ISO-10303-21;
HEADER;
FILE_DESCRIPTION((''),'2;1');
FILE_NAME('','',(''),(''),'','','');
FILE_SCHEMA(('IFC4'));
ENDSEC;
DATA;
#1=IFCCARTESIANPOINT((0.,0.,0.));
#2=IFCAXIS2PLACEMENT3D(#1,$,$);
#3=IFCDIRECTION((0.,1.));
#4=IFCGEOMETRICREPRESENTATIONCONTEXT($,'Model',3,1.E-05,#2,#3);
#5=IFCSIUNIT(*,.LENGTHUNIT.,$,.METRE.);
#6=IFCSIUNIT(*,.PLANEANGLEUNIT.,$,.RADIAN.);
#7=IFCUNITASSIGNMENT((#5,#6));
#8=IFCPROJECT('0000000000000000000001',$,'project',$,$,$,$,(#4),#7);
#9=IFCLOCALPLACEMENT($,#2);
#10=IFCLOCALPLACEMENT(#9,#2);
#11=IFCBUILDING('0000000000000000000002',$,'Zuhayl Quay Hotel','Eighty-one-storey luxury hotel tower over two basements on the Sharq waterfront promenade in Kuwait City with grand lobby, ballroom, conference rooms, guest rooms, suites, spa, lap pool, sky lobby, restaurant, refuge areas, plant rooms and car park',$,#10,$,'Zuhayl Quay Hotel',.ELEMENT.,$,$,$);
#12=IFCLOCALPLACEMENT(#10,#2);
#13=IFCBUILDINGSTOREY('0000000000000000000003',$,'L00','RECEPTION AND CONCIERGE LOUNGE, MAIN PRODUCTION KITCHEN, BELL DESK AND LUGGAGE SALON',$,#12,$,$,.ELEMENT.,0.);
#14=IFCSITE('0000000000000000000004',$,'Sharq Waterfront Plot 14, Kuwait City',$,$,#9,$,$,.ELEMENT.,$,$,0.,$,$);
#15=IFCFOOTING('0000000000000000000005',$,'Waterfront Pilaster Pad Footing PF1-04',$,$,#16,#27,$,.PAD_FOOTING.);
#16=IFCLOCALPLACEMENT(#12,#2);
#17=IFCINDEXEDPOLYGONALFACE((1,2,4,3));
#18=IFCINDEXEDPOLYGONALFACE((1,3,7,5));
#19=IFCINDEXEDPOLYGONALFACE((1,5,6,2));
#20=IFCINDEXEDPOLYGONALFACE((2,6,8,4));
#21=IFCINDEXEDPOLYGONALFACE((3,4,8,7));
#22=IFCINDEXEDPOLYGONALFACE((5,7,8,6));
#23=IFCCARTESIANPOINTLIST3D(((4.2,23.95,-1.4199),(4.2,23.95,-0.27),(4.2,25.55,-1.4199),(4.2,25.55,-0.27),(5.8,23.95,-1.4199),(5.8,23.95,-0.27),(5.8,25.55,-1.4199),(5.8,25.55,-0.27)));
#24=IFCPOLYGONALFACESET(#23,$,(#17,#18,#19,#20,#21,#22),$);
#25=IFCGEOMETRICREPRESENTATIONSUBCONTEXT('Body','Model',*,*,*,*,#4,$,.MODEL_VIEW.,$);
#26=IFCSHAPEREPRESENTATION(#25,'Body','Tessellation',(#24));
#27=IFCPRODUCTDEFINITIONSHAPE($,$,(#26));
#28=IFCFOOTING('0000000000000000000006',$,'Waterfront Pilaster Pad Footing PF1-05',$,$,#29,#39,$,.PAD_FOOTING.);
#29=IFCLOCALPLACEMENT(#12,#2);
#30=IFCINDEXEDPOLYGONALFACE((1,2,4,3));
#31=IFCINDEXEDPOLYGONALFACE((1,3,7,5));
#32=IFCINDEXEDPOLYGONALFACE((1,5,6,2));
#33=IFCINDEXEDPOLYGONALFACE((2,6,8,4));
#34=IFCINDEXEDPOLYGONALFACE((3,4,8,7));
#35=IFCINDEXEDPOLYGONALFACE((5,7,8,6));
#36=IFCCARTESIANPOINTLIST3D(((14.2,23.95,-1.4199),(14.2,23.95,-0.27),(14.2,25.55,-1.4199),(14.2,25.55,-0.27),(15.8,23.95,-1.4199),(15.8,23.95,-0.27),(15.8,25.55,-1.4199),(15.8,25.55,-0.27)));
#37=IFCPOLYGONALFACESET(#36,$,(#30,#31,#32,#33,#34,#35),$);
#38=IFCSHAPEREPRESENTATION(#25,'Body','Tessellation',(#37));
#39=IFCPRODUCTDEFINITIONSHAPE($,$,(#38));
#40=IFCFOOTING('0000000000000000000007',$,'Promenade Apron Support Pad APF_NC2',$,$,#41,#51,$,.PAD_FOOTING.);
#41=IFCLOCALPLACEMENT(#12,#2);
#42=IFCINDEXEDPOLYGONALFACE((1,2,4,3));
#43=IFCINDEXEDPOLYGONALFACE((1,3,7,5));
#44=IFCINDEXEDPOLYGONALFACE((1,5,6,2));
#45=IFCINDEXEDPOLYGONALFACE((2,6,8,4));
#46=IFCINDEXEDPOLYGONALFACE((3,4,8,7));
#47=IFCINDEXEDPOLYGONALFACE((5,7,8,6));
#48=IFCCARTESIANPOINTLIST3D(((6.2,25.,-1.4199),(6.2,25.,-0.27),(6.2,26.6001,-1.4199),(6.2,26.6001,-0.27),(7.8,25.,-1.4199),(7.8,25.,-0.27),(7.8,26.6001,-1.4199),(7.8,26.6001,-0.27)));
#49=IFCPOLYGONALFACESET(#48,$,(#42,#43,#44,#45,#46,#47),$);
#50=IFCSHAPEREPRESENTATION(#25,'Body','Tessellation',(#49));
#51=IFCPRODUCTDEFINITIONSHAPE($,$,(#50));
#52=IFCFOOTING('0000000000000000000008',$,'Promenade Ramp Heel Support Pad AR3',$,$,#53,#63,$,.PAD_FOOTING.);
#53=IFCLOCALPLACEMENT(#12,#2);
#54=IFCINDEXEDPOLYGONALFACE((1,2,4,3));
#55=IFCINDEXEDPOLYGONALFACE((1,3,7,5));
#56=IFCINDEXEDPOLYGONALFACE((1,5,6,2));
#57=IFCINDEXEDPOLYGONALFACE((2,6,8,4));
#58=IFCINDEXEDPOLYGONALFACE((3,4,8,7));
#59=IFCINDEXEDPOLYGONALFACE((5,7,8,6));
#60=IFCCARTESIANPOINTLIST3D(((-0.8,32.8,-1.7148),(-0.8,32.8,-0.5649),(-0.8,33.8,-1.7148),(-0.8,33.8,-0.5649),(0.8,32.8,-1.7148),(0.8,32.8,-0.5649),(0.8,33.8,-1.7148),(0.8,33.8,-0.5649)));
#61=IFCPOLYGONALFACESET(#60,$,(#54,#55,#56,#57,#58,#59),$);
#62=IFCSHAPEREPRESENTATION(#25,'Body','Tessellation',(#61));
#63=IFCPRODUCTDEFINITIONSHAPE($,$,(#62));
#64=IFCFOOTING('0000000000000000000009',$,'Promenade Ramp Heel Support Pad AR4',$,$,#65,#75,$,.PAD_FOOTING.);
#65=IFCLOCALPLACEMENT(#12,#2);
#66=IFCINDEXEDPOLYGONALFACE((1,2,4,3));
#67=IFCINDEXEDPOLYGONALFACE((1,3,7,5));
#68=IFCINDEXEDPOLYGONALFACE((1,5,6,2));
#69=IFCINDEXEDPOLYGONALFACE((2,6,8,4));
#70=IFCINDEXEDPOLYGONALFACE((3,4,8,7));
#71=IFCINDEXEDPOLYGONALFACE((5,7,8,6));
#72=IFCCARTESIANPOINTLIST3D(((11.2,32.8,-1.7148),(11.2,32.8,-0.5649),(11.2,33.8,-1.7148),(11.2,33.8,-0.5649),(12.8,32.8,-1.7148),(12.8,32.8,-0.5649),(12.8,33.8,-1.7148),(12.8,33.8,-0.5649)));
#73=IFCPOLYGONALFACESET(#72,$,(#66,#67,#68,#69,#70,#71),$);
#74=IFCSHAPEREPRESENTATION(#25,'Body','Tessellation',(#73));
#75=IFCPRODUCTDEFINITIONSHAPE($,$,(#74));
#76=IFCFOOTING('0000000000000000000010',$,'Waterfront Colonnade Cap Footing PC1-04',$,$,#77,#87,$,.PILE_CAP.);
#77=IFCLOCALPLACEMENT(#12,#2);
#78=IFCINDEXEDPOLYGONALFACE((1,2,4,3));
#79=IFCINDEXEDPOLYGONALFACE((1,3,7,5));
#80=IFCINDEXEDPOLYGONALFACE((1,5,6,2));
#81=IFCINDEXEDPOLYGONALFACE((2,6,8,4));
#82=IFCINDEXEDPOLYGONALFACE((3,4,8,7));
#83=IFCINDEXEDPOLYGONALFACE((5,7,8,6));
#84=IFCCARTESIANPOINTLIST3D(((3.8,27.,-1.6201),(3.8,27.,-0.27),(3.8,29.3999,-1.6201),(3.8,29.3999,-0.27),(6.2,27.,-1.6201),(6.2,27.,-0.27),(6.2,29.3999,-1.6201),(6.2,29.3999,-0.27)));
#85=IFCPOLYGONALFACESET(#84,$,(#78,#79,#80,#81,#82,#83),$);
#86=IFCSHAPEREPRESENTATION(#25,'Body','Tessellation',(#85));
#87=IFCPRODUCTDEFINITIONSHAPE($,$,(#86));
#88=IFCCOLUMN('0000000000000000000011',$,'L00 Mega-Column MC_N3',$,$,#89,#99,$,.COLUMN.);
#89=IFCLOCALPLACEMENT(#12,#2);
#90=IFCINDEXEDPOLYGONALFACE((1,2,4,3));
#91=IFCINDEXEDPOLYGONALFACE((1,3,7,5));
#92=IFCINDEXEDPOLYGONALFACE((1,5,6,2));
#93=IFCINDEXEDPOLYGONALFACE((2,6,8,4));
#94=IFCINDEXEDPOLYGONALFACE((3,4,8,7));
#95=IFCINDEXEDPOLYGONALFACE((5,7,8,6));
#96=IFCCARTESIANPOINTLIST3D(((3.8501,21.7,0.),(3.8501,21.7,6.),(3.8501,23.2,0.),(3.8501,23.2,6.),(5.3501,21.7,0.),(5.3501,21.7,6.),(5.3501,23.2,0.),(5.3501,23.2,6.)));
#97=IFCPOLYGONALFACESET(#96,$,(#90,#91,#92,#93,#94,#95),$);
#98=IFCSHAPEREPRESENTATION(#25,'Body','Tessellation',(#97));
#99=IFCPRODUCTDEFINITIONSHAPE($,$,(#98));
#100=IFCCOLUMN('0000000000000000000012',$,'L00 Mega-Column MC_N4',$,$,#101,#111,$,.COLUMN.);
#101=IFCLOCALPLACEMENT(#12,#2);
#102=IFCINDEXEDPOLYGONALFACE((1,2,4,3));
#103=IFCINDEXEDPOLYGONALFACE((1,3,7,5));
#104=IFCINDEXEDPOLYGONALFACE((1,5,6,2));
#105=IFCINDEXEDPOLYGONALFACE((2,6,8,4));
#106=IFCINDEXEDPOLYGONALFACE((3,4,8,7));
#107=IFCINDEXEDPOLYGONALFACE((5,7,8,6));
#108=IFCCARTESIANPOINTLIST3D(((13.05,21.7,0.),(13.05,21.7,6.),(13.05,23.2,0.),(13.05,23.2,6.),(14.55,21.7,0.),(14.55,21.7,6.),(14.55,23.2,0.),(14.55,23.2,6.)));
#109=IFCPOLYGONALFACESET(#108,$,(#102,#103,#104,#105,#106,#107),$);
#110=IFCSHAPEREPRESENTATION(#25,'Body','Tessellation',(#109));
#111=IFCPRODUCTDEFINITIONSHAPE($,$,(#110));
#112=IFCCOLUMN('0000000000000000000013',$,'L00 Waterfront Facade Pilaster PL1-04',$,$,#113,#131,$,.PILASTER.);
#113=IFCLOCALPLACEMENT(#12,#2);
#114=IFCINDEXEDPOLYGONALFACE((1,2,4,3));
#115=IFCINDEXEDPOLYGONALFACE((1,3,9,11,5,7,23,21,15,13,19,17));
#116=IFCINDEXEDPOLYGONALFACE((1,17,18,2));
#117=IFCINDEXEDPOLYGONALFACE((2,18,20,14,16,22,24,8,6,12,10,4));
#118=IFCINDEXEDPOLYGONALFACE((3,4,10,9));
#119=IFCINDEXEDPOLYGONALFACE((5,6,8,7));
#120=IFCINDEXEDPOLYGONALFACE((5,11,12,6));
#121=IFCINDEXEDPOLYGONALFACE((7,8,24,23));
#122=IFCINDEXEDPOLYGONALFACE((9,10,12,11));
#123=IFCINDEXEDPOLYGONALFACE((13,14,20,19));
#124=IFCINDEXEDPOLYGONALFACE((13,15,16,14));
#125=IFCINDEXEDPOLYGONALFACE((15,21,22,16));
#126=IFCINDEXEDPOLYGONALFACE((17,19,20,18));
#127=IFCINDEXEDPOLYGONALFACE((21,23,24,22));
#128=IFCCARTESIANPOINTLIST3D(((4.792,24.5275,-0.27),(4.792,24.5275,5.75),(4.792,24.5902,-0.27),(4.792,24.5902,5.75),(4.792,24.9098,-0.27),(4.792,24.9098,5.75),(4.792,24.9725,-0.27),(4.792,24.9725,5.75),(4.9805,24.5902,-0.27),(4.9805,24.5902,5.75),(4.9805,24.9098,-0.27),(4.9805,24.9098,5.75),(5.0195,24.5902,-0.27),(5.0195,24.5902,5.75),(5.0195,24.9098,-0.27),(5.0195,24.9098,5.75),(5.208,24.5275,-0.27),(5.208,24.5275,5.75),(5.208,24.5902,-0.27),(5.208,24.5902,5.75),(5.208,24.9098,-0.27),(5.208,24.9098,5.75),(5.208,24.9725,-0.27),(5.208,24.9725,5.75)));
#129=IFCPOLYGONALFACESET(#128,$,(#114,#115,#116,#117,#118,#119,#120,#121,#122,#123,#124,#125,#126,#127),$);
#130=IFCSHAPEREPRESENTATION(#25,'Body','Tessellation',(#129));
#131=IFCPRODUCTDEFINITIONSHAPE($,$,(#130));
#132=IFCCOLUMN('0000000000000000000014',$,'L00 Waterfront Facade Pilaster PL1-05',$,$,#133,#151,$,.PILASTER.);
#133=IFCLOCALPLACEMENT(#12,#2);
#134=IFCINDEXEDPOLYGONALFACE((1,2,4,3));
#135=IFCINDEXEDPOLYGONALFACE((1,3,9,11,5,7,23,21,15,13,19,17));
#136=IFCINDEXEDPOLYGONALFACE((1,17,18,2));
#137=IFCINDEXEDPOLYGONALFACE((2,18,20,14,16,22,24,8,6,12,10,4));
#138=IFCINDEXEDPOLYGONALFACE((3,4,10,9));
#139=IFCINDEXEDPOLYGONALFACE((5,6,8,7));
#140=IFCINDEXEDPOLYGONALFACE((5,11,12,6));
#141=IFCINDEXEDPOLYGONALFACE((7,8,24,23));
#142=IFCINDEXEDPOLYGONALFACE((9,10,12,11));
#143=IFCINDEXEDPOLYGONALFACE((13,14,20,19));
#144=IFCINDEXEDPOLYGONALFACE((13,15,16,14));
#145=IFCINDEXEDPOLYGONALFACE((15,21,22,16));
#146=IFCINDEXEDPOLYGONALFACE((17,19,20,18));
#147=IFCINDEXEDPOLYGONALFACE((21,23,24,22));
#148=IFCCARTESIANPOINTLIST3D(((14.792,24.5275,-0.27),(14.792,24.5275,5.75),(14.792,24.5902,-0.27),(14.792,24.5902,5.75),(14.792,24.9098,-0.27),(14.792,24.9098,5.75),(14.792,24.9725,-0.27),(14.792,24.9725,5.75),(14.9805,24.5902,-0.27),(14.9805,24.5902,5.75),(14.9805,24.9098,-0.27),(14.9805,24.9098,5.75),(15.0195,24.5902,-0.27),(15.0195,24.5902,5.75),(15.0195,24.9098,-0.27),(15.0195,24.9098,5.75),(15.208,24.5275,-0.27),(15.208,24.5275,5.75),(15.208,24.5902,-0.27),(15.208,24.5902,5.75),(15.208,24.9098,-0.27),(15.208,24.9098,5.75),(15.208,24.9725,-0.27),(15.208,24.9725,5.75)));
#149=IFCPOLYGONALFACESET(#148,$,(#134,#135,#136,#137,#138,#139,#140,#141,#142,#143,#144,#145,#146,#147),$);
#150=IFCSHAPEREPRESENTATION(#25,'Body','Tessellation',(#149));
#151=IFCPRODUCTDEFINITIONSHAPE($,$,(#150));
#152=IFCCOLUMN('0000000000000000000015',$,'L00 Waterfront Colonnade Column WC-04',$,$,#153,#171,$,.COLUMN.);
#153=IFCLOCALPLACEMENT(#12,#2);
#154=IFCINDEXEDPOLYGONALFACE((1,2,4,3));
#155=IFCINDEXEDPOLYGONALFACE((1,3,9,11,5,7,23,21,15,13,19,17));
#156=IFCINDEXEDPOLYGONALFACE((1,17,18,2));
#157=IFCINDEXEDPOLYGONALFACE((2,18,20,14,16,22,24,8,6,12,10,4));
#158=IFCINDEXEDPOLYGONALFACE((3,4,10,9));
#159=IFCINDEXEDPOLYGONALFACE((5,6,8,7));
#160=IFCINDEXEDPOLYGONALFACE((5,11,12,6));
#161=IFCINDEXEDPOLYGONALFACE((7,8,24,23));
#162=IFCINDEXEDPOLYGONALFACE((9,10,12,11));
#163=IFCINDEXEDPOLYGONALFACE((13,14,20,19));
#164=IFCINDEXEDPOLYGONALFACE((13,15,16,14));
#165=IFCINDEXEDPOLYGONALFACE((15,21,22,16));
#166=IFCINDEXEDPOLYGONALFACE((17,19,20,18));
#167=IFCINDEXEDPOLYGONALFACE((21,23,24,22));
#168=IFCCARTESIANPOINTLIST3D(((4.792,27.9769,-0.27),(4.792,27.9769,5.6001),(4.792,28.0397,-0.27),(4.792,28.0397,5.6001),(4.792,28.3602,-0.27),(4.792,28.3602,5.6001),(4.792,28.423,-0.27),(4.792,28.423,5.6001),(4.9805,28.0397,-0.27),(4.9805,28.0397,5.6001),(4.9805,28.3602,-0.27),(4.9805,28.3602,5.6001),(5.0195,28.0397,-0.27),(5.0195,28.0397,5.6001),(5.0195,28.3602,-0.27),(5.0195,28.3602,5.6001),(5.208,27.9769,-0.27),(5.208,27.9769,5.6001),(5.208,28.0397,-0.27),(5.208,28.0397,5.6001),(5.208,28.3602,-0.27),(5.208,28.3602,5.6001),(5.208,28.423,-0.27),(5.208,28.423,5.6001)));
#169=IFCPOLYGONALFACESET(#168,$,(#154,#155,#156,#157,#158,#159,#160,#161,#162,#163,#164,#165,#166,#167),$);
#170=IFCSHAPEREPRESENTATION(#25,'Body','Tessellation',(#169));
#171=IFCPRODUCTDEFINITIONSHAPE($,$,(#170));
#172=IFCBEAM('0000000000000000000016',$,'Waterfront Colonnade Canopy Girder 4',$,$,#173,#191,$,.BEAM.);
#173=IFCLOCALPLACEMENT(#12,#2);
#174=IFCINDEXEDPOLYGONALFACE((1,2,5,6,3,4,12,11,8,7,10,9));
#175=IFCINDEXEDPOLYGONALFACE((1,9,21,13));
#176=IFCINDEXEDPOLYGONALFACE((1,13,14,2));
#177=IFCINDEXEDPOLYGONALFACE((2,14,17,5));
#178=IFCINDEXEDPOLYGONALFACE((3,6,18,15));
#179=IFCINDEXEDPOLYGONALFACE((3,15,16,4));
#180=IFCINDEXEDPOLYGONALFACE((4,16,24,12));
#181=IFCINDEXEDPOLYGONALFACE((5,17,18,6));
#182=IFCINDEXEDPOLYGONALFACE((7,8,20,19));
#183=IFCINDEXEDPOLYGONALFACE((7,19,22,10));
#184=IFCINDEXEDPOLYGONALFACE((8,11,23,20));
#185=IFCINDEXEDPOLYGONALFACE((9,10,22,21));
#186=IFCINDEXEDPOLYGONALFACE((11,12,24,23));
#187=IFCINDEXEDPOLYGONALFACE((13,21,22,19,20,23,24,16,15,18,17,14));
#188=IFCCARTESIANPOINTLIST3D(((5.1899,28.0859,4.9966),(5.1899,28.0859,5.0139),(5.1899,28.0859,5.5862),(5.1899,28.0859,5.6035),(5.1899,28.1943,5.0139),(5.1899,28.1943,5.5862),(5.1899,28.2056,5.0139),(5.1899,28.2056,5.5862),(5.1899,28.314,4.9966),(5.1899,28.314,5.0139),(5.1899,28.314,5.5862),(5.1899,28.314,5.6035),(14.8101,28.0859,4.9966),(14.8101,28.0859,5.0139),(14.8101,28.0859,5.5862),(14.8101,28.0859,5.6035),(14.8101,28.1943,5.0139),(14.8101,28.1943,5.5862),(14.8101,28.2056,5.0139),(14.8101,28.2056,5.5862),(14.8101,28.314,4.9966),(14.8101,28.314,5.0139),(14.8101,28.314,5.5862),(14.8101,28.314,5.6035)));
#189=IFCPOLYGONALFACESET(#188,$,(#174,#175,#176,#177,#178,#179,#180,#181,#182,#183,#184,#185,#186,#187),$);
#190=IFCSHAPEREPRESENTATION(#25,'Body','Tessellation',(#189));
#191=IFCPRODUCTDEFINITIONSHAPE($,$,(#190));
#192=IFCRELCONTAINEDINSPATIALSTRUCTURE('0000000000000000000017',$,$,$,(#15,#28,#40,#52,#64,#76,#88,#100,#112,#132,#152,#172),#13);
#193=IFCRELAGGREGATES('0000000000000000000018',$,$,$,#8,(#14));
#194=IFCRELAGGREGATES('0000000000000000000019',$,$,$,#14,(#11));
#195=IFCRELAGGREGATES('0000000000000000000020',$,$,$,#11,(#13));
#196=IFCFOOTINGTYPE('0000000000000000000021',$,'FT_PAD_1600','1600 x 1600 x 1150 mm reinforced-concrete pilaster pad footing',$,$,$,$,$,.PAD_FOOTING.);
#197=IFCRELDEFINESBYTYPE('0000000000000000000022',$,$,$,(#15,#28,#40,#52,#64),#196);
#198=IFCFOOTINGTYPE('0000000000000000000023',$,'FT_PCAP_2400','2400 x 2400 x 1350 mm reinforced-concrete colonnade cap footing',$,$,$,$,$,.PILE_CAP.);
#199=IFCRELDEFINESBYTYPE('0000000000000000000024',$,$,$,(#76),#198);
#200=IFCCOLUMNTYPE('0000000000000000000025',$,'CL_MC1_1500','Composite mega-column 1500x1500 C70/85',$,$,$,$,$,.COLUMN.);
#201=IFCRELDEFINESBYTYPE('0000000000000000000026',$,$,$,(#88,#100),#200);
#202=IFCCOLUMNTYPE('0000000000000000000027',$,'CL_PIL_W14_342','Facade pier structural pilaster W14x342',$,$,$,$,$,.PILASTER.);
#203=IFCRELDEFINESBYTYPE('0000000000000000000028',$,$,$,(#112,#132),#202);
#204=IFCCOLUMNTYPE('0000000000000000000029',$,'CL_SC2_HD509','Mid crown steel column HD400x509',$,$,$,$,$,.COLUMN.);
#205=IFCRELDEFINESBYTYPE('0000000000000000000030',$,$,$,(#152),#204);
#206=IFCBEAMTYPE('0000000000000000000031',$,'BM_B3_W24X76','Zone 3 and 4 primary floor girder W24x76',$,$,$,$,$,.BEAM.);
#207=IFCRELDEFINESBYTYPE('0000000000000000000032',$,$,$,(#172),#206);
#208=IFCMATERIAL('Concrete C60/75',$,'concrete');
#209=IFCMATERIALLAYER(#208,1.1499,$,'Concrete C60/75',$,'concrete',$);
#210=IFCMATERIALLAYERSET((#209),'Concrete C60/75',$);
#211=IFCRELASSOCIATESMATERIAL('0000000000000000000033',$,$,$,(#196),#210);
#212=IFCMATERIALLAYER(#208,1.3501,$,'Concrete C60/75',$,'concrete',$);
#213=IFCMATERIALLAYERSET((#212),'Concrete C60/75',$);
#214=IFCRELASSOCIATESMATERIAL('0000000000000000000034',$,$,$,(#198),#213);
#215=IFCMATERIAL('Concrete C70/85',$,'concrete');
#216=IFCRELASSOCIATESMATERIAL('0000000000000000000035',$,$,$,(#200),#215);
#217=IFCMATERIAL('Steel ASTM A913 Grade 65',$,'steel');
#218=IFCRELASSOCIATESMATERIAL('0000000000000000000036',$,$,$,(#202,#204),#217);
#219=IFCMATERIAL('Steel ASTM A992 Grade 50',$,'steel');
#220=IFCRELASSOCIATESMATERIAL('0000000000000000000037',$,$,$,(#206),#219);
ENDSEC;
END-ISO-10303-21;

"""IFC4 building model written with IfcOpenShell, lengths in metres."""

from ifc_helpers import new_model, si_unit, direction, frame, origin, origin_2d, place, context, subcontext, project, spatial, rectangle, i_section, extrude, material, layer, layer_set, material_profile, profile_set, type_object, element, save


model = new_model("IFC4")

# Units and contexts
model_context = context("Model", 3, precision=1e-05, world=origin(), true_north=direction((0.0, 1.0)))
body_context = subcontext(model_context, "Body", "Model", "MODEL_VIEW")
ifc_project = project(units=[si_unit("LENGTHUNIT", "METRE"), si_unit("PLANEANGLEUNIT", "RADIAN")], contexts=[model_context])

# Site, building, storey
site_placement = place(None, origin())
site = spatial("IfcSite", under=ifc_project, at=site_placement, Name="Sharq Waterfront Plot 14, Kuwait City", CompositionType="ELEMENT", RefElevation=0.0)
building_placement = place(site_placement, origin())
building = spatial("IfcBuilding", under=site, at=building_placement, Name="Zuhayl Quay Hotel", Description="Eighty-one-storey luxury hotel tower over two basements on the Sharq waterfront promenade in Kuwait City with grand lobby, ballroom, conference rooms, guest rooms, suites, spa, lap pool, sky lobby, restaurant, refuge areas, plant rooms and car park", LongName="Zuhayl Quay Hotel", CompositionType="ELEMENT")
storey_placement = place(building_placement, origin())
storey = spatial("IfcBuildingStorey", under=building, at=storey_placement, Name="L00", Description="RECEPTION AND CONCIERGE LOUNGE, MAIN PRODUCTION KITCHEN, BELL DESK AND LUGGAGE SALON", CompositionType="ELEMENT", Elevation=0.0)

# Footings
ifc_material_1 = material(Name="Concrete C60/75", Category="concrete")
ifc_layer_1 = layer(ifc_material_1, 1.1499, Name="Concrete C60/75", Category="concrete")
ifc_layer_set_1 = layer_set([ifc_layer_1], Name="Concrete C60/75")
footing_type_1 = type_object("IfcFootingType", Name="FT_PAD_1600", Description="1600 x 1600 x 1150 mm reinforced-concrete pilaster pad footing", PredefinedType="PAD_FOOTING", material=ifc_layer_set_1)
for number, where, z_axis, x_axis, name in (
    (1, (5.0, 24.75, -1.4199), (0.0, 0.0, 1.0), (1.0, 0.0, 0.0), "Waterfront Pilaster Pad Footing PF1-04"),
    (2, (15.0, 24.75, -1.4199), (0.0, 0.0, 1.0), (1.0, 0.0, 0.0), "Waterfront Pilaster Pad Footing PF1-05"),
    (3, (7.0, 25.8, -1.4199), (0.0, 0.0, 1.0), (1.0, 0.0, 0.0), "Promenade Apron Support Pad APF_NC2"),
):
    element("IfcFooting", number, at=place(storey_placement, frame(where, z_axis=z_axis, x_axis=x_axis)), inside=storey, type_object=footing_type_1, Name=name, PredefinedType="PAD_FOOTING", context=body_context, shape_type="SweptSolid", body=[
        extrude(rectangle(XDim=1.6001, YDim=1.6001, at=origin_2d()), origin(), (0.0, 0.0, 1.0), 1.1499),
    ])
for number, where, z_axis, x_axis, name in (
    (4, (0.0, 33.3, -1.7148), (0.0, 0.0, 1.0), (1.0, 0.0, 0.0), "Promenade Ramp Heel Support Pad AR3"),
    (5, (12.0, 33.3, -1.7148), (0.0, 0.0, 1.0), (1.0, 0.0, 0.0), "Promenade Ramp Heel Support Pad AR4"),
):
    element("IfcFooting", number, at=place(storey_placement, frame(where, z_axis=z_axis, x_axis=x_axis)), inside=storey, type_object=footing_type_1, Name=name, PredefinedType="PAD_FOOTING", context=body_context, shape_type="SweptSolid", body=[
        extrude(rectangle(XDim=1.6001, YDim=1.0, at=origin_2d()), origin(), (0.0, 0.0, 1.0), 1.1499),
    ])
ifc_layer_2 = layer(ifc_material_1, 1.3501, Name="Concrete C60/75", Category="concrete")
ifc_layer_set_2 = layer_set([ifc_layer_2], Name="Concrete C60/75")
footing_type_2 = type_object("IfcFootingType", Name="FT_PCAP_2400", Description="2400 x 2400 x 1350 mm reinforced-concrete colonnade cap footing", PredefinedType="PILE_CAP", material=ifc_layer_set_2)
footing_placement = place(storey_placement, frame((5.0, 28.2, -1.6201), z_axis=(0.0, 0.0, 1.0), x_axis=(1.0, 0.0, 0.0)))
element("IfcFooting", 6, at=footing_placement, inside=storey, type_object=footing_type_2, Name="Waterfront Colonnade Cap Footing PC1-04", PredefinedType="PILE_CAP", context=body_context, shape_type="SweptSolid", body=[
    extrude(rectangle(XDim=2.3999, YDim=2.3999, at=origin_2d()), origin(), (0.0, 0.0, 1.0), 1.3501),
])

# Columns
ifc_material_2 = material(Name="Concrete C70/85", Category="concrete")
ifc_material_profile_1 = material_profile(ifc_material_2, rectangle(XDim=1.5, YDim=1.5, at=origin_2d()), Name="RC1500X1500")
ifc_profile_set_1 = profile_set([ifc_material_profile_1], Name="Concrete C70/85")
column_type_1 = type_object("IfcColumnType", Name="CL_MC1_1500", Description="Composite mega-column 1500x1500 C70/85", PredefinedType="COLUMN", material=ifc_profile_set_1)
for number, where, z_axis, x_axis, name in (
    (7, (4.6001, 22.45, 0.0), (0.0, 0.0, 1.0), (1.0, 0.0, 0.0), "L00 Mega-Column MC_N3"),
    (8, (13.8, 22.45, 0.0), (0.0, 0.0, 1.0), (1.0, 0.0, 0.0), "L00 Mega-Column MC_N4"),
):
    element("IfcColumn", number, at=place(storey_placement, frame(where, z_axis=z_axis, x_axis=x_axis)), inside=storey, type_object=column_type_1, Name=name, PredefinedType="COLUMN", context=body_context, shape_type="SweptSolid", body=[
        extrude(rectangle(XDim=1.5, YDim=1.5, at=origin_2d()), origin(), (0.0, 0.0, 1.0), 6.0),
    ])
ifc_material_3 = material(Name="Steel ASTM A913 Grade 65", Category="steel")
ifc_material_profile_2 = material_profile(ifc_material_3, i_section(OverallWidth=0.416, OverallDepth=0.4451, WebThickness=0.0391, FlangeThickness=0.0627, at=origin_2d()), Name="W14X342")
ifc_profile_set_2 = profile_set([ifc_material_profile_2], Name="Steel ASTM A913 Grade 65")
column_type_2 = type_object("IfcColumnType", Name="CL_PIL_W14_342", Description="Facade pier structural pilaster W14x342", PredefinedType="PILASTER", material=ifc_profile_set_2)
for number, where, z_axis, x_axis, name in (
    (9, (5.0, 24.75, -0.27), (0.0, 0.0, 1.0), (1.0, 0.0, 0.0), "L00 Waterfront Facade Pilaster PL1-04"),
    (10, (15.0, 24.75, -0.27), (0.0, 0.0, 1.0), (1.0, 0.0, 0.0), "L00 Waterfront Facade Pilaster PL1-05"),
):
    element("IfcColumn", number, at=place(storey_placement, frame(where, z_axis=z_axis, x_axis=x_axis)), inside=storey, type_object=column_type_2, Name=name, PredefinedType="PILASTER", context=body_context, shape_type="SweptSolid", body=[
        extrude(i_section(OverallWidth=0.416, OverallDepth=0.4451, WebThickness=0.0391, FlangeThickness=0.0627, at=origin_2d()), origin(), (0.0, 0.0, 1.0), 6.02),
    ])
ifc_material_profile_3 = material_profile(ifc_material_3, i_section(OverallWidth=0.416, OverallDepth=0.446, WebThickness=0.0391, FlangeThickness=0.0627, at=origin_2d()), Name="HD400X509")
ifc_profile_set_3 = profile_set([ifc_material_profile_3], Name="Steel ASTM A913 Grade 65")
column_type_3 = type_object("IfcColumnType", Name="CL_SC2_HD509", Description="Mid crown steel column HD400x509", PredefinedType="COLUMN", material=ifc_profile_set_3)
column_placement = place(storey_placement, frame((5.0, 28.2, -0.27), z_axis=(0.0, 0.0, 1.0), x_axis=(1.0, 0.0, 0.0)))
element("IfcColumn", 11, at=column_placement, inside=storey, type_object=column_type_3, Name="L00 Waterfront Colonnade Column WC-04", PredefinedType="COLUMN", context=body_context, shape_type="SweptSolid", body=[
    extrude(i_section(OverallWidth=0.416, OverallDepth=0.446, WebThickness=0.0391, FlangeThickness=0.0627, at=origin_2d()), origin(), (0.0, 0.0, 1.0), 5.8701),
])

# Beam
ifc_material_4 = material(Name="Steel ASTM A992 Grade 50", Category="steel")
ifc_material_profile_4 = material_profile(ifc_material_4, i_section(OverallWidth=0.228, OverallDepth=0.6069, WebThickness=0.0112, FlangeThickness=0.0173, at=origin_2d()), Name="W24X76")
ifc_profile_set_4 = profile_set([ifc_material_profile_4], Name="Steel ASTM A992 Grade 50")
beam_type_1 = type_object("IfcBeamType", Name="BM_B3_W24X76", Description="Zone 3 and 4 primary floor girder W24x76", PredefinedType="BEAM", material=ifc_profile_set_4)
beam_1_placement = place(storey_placement, frame((5.1899, 28.2, 5.3), z_axis=(1.0, 0.0, 0.0), x_axis=(0.0, 1.0, 0.0)))
element("IfcBeam", 12, at=beam_1_placement, inside=storey, type_object=beam_type_1, Name="Waterfront Colonnade Canopy Girder 4", PredefinedType="BEAM", context=body_context, shape_type="SweptSolid", body=[
    extrude(i_section(OverallWidth=0.228, OverallDepth=0.6069, WebThickness=0.0112, FlangeThickness=0.0173, at=origin_2d()), origin(), (0.0, 0.0, 1.0), 9.6201),
])

save(model, "model.ifc")
